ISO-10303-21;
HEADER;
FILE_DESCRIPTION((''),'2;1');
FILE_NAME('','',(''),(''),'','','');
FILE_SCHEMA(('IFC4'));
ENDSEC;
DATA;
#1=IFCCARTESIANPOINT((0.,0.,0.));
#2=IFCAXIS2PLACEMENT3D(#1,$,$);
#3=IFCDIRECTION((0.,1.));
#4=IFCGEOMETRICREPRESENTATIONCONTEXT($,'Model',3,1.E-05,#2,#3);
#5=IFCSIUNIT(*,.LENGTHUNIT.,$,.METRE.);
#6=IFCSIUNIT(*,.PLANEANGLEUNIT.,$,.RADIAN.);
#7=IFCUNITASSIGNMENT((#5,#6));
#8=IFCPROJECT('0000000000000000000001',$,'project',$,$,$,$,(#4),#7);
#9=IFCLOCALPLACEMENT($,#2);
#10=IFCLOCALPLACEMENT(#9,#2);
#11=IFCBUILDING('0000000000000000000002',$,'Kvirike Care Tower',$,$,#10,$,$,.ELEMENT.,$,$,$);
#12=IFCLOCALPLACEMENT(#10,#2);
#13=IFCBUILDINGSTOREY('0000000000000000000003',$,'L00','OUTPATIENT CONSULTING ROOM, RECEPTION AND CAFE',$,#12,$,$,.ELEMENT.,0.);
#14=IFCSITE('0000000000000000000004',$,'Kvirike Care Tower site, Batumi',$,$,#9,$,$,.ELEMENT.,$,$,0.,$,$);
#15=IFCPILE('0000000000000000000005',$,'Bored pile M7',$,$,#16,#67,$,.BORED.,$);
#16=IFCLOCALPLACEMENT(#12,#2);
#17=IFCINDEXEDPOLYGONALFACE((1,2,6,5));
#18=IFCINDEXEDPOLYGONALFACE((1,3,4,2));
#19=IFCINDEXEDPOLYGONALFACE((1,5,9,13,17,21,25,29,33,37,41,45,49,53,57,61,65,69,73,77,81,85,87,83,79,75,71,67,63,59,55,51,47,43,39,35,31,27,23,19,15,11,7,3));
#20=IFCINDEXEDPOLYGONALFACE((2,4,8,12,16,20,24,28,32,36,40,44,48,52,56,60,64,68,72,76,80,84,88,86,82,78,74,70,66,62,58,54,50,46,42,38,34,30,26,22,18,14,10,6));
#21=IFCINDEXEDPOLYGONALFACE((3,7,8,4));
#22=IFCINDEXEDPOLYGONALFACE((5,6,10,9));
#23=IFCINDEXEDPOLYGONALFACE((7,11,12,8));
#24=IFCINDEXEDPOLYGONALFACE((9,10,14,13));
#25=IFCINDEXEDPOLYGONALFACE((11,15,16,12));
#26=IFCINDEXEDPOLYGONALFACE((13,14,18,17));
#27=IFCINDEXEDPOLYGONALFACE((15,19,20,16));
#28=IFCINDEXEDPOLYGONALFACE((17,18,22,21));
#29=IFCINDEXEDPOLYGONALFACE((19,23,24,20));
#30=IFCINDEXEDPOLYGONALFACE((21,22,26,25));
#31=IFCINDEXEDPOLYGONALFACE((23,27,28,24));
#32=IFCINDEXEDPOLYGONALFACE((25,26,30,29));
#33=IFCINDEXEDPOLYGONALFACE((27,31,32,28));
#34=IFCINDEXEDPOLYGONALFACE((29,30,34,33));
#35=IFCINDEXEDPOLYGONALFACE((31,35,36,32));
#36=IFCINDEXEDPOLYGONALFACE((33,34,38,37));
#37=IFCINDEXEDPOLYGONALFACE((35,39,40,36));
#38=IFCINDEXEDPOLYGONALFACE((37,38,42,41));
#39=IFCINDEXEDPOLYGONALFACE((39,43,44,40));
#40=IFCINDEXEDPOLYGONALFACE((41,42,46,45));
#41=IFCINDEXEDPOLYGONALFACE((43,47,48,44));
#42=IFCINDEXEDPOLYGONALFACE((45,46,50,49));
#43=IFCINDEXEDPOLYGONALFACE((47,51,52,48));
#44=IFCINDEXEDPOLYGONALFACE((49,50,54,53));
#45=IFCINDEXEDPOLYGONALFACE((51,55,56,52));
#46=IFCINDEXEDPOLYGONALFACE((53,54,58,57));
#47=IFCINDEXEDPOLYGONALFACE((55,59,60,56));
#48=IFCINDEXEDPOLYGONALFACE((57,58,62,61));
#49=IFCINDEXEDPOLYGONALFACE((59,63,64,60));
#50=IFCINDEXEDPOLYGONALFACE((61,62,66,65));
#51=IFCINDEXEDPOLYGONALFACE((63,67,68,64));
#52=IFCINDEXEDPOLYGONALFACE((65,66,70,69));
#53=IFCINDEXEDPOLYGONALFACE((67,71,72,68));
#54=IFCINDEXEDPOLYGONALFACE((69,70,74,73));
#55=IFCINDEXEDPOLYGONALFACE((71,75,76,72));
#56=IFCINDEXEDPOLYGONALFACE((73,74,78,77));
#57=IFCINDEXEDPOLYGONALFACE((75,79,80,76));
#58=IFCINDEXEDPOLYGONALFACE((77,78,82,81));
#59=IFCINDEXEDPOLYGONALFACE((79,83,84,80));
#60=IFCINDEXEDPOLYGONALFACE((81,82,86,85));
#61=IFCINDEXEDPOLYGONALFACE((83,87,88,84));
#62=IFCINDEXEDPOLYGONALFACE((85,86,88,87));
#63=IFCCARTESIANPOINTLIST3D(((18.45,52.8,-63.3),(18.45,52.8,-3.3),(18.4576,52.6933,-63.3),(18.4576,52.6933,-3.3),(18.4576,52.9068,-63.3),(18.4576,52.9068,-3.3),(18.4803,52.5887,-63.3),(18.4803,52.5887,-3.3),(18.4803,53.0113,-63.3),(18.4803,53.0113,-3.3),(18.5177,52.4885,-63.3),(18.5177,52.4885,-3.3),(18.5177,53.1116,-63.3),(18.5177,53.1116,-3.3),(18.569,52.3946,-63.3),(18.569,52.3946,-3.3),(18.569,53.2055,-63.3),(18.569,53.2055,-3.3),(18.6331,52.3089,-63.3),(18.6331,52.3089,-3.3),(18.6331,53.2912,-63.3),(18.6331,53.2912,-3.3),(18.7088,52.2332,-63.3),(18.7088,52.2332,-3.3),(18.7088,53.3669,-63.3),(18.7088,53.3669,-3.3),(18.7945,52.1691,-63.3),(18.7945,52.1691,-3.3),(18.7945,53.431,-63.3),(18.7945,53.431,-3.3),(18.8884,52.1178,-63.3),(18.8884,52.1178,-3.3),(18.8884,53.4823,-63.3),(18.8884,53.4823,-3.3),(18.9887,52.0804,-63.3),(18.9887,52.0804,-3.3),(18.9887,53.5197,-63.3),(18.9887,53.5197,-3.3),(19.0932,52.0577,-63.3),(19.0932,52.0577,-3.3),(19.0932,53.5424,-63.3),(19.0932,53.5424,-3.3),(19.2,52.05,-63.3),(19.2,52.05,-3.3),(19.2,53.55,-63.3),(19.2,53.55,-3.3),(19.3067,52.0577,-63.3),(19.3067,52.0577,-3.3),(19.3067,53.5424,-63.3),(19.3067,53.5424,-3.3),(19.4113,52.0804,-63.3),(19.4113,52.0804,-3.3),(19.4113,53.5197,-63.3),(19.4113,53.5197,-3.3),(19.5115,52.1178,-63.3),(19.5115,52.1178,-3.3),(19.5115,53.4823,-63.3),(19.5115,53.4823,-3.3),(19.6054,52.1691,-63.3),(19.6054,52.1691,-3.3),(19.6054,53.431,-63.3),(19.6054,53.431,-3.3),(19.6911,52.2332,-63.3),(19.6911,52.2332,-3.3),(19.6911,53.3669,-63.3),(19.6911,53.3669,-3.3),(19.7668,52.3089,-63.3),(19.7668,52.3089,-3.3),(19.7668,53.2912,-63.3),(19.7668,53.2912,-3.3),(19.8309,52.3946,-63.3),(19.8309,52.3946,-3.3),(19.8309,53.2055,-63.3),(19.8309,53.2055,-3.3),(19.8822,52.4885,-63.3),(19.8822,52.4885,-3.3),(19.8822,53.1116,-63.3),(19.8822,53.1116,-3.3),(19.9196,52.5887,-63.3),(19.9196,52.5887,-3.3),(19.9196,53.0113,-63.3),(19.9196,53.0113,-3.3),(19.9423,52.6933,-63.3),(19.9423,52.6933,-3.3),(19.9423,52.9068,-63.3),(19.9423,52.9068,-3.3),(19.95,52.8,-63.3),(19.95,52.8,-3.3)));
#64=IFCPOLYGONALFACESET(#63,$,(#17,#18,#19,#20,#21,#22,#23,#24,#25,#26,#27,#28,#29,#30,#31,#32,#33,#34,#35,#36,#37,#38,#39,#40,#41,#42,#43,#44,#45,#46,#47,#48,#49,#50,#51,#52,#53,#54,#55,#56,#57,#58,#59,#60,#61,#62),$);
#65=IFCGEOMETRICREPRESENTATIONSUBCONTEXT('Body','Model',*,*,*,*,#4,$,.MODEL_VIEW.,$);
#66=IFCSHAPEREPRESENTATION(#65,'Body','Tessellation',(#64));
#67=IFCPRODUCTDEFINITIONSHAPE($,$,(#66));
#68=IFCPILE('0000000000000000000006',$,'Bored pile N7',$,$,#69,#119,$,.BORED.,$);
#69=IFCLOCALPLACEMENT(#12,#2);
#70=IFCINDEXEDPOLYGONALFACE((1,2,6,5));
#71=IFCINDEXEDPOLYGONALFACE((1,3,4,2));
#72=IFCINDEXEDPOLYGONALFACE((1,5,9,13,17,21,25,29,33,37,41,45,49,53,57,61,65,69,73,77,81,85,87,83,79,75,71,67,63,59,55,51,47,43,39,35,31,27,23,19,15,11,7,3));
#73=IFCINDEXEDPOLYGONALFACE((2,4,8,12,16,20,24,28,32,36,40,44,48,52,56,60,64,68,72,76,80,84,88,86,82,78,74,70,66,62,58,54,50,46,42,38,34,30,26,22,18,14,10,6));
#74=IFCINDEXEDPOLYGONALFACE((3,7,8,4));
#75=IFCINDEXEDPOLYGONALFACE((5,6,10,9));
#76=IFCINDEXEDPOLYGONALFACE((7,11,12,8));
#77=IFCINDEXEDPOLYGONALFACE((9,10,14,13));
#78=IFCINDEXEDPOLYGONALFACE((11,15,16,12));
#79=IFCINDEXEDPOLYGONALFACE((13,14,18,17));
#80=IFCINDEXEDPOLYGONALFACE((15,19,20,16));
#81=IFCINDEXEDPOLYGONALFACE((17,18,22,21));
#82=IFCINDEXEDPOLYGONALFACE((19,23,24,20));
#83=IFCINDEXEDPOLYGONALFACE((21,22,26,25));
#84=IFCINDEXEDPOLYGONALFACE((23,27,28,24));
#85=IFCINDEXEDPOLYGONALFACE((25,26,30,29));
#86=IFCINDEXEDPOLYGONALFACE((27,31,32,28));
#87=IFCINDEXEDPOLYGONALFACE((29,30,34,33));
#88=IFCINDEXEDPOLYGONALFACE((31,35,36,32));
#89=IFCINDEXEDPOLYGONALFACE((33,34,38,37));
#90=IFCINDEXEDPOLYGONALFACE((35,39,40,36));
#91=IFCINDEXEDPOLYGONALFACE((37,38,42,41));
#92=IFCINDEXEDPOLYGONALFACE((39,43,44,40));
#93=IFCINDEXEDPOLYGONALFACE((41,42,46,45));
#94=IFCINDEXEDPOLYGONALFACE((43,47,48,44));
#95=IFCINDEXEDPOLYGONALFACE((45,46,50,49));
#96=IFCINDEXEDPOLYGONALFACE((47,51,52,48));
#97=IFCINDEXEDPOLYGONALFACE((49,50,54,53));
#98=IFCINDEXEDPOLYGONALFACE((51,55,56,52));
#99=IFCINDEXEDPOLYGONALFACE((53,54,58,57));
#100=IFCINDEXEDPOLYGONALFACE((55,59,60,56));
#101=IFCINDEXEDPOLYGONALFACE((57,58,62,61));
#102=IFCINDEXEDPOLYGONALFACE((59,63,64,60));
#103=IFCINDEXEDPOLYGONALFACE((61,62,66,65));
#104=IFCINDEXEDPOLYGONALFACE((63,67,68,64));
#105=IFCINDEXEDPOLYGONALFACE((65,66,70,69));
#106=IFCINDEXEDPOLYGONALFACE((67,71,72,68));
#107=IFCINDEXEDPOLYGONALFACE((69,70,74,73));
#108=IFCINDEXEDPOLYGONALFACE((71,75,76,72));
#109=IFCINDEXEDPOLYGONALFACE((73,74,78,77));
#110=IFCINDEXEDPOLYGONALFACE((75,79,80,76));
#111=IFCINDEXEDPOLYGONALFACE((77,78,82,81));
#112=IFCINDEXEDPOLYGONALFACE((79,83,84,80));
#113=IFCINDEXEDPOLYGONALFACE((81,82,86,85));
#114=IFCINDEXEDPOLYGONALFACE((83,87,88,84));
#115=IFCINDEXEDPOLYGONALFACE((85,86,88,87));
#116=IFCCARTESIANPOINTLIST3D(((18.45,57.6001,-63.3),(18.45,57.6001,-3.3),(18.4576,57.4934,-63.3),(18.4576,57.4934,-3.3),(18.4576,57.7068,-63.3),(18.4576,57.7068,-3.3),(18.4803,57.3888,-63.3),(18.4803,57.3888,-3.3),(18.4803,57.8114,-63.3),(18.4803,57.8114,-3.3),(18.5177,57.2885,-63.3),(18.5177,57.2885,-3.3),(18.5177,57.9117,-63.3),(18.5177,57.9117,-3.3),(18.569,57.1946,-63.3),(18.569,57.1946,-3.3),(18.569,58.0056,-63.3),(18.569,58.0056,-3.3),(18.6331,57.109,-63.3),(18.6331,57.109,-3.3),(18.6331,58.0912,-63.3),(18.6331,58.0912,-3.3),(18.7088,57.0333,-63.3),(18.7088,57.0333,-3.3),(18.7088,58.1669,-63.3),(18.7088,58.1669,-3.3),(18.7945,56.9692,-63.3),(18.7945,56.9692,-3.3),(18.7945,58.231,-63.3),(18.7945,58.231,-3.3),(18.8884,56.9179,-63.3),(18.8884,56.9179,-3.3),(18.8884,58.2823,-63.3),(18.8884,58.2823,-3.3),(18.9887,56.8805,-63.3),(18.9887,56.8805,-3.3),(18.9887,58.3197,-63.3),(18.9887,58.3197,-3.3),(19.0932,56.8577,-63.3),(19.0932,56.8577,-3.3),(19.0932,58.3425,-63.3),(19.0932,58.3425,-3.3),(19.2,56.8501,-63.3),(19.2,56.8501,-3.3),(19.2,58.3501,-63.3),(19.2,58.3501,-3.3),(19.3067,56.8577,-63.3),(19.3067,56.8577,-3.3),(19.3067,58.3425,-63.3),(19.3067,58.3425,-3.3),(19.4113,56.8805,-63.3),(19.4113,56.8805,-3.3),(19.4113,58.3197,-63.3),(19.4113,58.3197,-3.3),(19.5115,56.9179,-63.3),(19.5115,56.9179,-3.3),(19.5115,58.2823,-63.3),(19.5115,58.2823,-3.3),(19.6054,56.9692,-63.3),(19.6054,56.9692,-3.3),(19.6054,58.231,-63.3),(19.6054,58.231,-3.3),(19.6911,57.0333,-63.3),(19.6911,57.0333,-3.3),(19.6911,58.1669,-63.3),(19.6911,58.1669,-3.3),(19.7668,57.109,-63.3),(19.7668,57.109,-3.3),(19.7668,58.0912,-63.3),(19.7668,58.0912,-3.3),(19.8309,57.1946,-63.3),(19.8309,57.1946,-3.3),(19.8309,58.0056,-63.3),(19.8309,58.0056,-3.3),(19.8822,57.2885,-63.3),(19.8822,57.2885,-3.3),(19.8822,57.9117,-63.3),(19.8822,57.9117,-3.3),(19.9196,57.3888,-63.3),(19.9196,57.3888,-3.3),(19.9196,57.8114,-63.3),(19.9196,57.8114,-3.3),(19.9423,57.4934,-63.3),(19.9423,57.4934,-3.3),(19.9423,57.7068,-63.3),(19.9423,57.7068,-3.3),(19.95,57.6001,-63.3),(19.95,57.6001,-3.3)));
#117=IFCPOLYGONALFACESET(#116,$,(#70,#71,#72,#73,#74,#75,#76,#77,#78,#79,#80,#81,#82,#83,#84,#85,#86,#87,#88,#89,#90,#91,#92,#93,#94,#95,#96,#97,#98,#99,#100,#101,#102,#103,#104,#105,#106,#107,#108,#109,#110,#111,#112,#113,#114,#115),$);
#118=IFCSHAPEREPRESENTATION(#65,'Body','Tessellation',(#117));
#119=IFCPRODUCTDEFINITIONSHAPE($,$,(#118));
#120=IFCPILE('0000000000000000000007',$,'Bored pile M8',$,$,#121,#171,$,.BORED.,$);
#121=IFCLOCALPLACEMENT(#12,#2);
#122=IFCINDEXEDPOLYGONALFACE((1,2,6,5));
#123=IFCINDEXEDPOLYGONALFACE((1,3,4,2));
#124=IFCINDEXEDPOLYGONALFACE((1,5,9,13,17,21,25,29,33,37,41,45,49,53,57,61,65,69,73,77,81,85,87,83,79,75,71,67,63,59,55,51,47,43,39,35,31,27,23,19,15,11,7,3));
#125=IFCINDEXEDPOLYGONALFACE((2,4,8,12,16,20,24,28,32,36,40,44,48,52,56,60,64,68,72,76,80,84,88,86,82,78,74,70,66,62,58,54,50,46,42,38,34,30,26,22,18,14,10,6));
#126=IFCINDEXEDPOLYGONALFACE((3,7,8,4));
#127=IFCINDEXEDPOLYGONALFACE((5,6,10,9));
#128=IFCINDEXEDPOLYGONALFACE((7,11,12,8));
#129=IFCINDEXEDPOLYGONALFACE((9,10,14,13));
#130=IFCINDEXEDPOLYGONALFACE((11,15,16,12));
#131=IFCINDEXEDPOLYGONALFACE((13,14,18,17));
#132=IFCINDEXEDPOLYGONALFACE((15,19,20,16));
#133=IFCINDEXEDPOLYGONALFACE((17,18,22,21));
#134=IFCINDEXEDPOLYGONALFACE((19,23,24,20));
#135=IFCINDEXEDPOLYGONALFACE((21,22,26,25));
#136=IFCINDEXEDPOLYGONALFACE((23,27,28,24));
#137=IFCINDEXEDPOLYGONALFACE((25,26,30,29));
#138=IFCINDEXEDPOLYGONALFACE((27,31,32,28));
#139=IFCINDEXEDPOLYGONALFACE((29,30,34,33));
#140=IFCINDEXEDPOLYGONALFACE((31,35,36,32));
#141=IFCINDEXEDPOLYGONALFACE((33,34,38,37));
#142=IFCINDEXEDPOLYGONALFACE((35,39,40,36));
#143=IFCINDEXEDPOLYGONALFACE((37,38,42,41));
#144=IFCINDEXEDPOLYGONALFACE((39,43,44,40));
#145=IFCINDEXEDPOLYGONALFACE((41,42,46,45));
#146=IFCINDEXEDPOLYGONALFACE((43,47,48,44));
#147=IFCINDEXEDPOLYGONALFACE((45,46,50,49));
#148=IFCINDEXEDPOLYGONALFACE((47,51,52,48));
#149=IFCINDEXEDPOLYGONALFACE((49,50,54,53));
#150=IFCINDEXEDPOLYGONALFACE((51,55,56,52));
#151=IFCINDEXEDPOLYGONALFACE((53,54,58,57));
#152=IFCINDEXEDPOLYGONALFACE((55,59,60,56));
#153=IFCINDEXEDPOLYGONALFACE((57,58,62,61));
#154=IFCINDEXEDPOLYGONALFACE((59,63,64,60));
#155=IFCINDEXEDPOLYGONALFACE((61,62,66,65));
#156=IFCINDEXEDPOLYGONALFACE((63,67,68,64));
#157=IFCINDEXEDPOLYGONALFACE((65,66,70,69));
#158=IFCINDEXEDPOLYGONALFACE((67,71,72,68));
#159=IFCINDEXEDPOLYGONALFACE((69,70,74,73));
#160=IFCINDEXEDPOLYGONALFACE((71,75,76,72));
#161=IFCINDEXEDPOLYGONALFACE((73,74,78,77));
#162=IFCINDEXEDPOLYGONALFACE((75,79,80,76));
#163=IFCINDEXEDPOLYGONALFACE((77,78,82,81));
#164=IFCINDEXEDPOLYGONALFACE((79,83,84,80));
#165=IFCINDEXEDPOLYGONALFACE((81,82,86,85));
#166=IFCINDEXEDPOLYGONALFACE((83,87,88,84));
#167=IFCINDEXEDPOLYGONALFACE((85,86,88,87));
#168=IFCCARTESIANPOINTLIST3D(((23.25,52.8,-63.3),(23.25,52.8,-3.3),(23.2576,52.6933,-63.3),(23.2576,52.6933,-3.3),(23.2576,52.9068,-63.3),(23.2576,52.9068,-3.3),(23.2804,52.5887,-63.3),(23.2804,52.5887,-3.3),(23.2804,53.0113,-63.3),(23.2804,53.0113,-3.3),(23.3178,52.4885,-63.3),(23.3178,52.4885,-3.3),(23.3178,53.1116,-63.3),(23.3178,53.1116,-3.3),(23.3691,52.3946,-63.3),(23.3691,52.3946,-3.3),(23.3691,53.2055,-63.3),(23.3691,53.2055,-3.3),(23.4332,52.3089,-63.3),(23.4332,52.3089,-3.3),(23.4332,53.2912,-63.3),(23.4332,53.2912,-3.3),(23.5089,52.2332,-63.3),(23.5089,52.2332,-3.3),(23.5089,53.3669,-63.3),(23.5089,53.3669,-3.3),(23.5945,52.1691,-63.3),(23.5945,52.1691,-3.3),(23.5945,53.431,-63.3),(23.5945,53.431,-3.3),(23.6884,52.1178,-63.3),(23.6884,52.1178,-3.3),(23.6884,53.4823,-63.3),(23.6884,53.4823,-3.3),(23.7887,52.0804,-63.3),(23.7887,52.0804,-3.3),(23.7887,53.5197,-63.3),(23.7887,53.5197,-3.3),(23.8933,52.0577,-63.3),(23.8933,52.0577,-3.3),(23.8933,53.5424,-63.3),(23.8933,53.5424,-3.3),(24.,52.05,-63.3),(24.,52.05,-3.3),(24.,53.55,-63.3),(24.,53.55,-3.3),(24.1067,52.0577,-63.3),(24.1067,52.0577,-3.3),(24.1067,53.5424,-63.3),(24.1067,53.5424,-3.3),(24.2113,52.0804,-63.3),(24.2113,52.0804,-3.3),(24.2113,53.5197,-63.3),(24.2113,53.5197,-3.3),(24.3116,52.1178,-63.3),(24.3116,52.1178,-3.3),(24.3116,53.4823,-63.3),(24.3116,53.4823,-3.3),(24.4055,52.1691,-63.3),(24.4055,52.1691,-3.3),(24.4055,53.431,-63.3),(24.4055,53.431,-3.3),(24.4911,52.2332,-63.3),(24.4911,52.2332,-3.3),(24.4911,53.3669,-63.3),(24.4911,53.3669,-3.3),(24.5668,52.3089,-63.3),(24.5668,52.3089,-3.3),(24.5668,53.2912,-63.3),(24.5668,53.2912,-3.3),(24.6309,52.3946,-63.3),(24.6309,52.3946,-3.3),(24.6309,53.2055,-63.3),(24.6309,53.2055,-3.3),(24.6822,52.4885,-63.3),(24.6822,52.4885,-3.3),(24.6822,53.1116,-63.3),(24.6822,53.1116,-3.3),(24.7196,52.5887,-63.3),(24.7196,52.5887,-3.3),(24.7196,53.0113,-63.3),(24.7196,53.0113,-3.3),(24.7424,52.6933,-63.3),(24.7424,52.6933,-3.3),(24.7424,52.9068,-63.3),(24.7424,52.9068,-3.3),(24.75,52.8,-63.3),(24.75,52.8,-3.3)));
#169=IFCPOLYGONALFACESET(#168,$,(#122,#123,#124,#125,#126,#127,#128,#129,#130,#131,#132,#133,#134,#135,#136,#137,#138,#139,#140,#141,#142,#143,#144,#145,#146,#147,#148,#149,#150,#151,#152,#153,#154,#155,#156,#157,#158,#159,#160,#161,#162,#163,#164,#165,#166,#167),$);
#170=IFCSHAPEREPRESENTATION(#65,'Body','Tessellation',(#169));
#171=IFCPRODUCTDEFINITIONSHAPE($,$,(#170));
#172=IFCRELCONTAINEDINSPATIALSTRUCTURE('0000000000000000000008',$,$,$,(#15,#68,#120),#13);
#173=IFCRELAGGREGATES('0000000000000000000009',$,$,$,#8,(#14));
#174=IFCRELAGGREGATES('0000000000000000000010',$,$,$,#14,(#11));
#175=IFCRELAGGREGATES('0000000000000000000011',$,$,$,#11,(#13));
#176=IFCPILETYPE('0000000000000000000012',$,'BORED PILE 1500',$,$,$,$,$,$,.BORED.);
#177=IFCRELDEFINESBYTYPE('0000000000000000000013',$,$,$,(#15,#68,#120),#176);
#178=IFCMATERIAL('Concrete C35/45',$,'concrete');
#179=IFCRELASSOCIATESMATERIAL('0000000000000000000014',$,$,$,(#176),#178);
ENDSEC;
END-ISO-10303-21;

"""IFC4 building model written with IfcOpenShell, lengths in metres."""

from ifc_helpers import new_model, si_unit, direction, frame, origin, origin_2d, place, context, subcontext, project, spatial, circle, extrude, material, material_profile, profile_set, type_object, element, save


model = new_model("IFC4")

# Units and contexts
model_context = context("Model", 3, precision=1e-05, world=origin(), true_north=direction((0.0, 1.0)))
body_context = subcontext(model_context, "Body", "Model", "MODEL_VIEW")
ifc_project = project(units=[si_unit("LENGTHUNIT", "METRE"), si_unit("PLANEANGLEUNIT", "RADIAN")], contexts=[model_context])

# Site, building, storey
site_placement = place(None, origin())
site = spatial("IfcSite", under=ifc_project, at=site_placement, Name="Kvirike Care Tower site, Batumi", CompositionType="ELEMENT", RefElevation=0.0)
building_placement = place(site_placement, origin())
building = spatial("IfcBuilding", under=site, at=building_placement, Name="Kvirike Care Tower", CompositionType="ELEMENT")
storey_placement = place(building_placement, origin())
storey = spatial("IfcBuildingStorey", under=building, at=storey_placement, Name="L00", Description="OUTPATIENT CONSULTING ROOM, RECEPTION AND CAFE", CompositionType="ELEMENT", Elevation=0.0)

# Piles
ifc_material_1 = material(Name="Concrete C35/45", Category="concrete")
ifc_material_profile_1 = material_profile(ifc_material_1, circle(Radius=0.75, at=origin_2d()), Name="BORED PILE 1500")
ifc_profile_set_1 = profile_set([ifc_material_profile_1], Name="Concrete C35/45")
pile_type = type_object("IfcPileType", Name="BORED PILE 1500", PredefinedType="BORED", material=ifc_profile_set_1)
for number, where, z_axis, x_axis, name in (
    (1, (19.2, 52.8, -3.3), (0.0, 0.0, -1.0), (1.0, 0.0, 0.0), "Bored pile M7"),
    (2, (19.2, 57.6001, -3.3), (0.0, 0.0, -1.0), (1.0, 0.0, 0.0), "Bored pile N7"),
    (3, (24.0, 52.8, -3.3), (0.0, 0.0, -1.0), (1.0, 0.0, 0.0), "Bored pile M8"),
):
    element("IfcPile", number, at=place(storey_placement, frame(where, z_axis=z_axis, x_axis=x_axis)), inside=storey, type_object=pile_type, Name=name, PredefinedType="BORED", context=body_context, shape_type="SweptSolid", body=[
        extrude(circle(Radius=0.75, at=origin_2d()), origin(), (0.0, 0.0, 1.0), 60.0),
    ])

save(model, "model.ifc")
